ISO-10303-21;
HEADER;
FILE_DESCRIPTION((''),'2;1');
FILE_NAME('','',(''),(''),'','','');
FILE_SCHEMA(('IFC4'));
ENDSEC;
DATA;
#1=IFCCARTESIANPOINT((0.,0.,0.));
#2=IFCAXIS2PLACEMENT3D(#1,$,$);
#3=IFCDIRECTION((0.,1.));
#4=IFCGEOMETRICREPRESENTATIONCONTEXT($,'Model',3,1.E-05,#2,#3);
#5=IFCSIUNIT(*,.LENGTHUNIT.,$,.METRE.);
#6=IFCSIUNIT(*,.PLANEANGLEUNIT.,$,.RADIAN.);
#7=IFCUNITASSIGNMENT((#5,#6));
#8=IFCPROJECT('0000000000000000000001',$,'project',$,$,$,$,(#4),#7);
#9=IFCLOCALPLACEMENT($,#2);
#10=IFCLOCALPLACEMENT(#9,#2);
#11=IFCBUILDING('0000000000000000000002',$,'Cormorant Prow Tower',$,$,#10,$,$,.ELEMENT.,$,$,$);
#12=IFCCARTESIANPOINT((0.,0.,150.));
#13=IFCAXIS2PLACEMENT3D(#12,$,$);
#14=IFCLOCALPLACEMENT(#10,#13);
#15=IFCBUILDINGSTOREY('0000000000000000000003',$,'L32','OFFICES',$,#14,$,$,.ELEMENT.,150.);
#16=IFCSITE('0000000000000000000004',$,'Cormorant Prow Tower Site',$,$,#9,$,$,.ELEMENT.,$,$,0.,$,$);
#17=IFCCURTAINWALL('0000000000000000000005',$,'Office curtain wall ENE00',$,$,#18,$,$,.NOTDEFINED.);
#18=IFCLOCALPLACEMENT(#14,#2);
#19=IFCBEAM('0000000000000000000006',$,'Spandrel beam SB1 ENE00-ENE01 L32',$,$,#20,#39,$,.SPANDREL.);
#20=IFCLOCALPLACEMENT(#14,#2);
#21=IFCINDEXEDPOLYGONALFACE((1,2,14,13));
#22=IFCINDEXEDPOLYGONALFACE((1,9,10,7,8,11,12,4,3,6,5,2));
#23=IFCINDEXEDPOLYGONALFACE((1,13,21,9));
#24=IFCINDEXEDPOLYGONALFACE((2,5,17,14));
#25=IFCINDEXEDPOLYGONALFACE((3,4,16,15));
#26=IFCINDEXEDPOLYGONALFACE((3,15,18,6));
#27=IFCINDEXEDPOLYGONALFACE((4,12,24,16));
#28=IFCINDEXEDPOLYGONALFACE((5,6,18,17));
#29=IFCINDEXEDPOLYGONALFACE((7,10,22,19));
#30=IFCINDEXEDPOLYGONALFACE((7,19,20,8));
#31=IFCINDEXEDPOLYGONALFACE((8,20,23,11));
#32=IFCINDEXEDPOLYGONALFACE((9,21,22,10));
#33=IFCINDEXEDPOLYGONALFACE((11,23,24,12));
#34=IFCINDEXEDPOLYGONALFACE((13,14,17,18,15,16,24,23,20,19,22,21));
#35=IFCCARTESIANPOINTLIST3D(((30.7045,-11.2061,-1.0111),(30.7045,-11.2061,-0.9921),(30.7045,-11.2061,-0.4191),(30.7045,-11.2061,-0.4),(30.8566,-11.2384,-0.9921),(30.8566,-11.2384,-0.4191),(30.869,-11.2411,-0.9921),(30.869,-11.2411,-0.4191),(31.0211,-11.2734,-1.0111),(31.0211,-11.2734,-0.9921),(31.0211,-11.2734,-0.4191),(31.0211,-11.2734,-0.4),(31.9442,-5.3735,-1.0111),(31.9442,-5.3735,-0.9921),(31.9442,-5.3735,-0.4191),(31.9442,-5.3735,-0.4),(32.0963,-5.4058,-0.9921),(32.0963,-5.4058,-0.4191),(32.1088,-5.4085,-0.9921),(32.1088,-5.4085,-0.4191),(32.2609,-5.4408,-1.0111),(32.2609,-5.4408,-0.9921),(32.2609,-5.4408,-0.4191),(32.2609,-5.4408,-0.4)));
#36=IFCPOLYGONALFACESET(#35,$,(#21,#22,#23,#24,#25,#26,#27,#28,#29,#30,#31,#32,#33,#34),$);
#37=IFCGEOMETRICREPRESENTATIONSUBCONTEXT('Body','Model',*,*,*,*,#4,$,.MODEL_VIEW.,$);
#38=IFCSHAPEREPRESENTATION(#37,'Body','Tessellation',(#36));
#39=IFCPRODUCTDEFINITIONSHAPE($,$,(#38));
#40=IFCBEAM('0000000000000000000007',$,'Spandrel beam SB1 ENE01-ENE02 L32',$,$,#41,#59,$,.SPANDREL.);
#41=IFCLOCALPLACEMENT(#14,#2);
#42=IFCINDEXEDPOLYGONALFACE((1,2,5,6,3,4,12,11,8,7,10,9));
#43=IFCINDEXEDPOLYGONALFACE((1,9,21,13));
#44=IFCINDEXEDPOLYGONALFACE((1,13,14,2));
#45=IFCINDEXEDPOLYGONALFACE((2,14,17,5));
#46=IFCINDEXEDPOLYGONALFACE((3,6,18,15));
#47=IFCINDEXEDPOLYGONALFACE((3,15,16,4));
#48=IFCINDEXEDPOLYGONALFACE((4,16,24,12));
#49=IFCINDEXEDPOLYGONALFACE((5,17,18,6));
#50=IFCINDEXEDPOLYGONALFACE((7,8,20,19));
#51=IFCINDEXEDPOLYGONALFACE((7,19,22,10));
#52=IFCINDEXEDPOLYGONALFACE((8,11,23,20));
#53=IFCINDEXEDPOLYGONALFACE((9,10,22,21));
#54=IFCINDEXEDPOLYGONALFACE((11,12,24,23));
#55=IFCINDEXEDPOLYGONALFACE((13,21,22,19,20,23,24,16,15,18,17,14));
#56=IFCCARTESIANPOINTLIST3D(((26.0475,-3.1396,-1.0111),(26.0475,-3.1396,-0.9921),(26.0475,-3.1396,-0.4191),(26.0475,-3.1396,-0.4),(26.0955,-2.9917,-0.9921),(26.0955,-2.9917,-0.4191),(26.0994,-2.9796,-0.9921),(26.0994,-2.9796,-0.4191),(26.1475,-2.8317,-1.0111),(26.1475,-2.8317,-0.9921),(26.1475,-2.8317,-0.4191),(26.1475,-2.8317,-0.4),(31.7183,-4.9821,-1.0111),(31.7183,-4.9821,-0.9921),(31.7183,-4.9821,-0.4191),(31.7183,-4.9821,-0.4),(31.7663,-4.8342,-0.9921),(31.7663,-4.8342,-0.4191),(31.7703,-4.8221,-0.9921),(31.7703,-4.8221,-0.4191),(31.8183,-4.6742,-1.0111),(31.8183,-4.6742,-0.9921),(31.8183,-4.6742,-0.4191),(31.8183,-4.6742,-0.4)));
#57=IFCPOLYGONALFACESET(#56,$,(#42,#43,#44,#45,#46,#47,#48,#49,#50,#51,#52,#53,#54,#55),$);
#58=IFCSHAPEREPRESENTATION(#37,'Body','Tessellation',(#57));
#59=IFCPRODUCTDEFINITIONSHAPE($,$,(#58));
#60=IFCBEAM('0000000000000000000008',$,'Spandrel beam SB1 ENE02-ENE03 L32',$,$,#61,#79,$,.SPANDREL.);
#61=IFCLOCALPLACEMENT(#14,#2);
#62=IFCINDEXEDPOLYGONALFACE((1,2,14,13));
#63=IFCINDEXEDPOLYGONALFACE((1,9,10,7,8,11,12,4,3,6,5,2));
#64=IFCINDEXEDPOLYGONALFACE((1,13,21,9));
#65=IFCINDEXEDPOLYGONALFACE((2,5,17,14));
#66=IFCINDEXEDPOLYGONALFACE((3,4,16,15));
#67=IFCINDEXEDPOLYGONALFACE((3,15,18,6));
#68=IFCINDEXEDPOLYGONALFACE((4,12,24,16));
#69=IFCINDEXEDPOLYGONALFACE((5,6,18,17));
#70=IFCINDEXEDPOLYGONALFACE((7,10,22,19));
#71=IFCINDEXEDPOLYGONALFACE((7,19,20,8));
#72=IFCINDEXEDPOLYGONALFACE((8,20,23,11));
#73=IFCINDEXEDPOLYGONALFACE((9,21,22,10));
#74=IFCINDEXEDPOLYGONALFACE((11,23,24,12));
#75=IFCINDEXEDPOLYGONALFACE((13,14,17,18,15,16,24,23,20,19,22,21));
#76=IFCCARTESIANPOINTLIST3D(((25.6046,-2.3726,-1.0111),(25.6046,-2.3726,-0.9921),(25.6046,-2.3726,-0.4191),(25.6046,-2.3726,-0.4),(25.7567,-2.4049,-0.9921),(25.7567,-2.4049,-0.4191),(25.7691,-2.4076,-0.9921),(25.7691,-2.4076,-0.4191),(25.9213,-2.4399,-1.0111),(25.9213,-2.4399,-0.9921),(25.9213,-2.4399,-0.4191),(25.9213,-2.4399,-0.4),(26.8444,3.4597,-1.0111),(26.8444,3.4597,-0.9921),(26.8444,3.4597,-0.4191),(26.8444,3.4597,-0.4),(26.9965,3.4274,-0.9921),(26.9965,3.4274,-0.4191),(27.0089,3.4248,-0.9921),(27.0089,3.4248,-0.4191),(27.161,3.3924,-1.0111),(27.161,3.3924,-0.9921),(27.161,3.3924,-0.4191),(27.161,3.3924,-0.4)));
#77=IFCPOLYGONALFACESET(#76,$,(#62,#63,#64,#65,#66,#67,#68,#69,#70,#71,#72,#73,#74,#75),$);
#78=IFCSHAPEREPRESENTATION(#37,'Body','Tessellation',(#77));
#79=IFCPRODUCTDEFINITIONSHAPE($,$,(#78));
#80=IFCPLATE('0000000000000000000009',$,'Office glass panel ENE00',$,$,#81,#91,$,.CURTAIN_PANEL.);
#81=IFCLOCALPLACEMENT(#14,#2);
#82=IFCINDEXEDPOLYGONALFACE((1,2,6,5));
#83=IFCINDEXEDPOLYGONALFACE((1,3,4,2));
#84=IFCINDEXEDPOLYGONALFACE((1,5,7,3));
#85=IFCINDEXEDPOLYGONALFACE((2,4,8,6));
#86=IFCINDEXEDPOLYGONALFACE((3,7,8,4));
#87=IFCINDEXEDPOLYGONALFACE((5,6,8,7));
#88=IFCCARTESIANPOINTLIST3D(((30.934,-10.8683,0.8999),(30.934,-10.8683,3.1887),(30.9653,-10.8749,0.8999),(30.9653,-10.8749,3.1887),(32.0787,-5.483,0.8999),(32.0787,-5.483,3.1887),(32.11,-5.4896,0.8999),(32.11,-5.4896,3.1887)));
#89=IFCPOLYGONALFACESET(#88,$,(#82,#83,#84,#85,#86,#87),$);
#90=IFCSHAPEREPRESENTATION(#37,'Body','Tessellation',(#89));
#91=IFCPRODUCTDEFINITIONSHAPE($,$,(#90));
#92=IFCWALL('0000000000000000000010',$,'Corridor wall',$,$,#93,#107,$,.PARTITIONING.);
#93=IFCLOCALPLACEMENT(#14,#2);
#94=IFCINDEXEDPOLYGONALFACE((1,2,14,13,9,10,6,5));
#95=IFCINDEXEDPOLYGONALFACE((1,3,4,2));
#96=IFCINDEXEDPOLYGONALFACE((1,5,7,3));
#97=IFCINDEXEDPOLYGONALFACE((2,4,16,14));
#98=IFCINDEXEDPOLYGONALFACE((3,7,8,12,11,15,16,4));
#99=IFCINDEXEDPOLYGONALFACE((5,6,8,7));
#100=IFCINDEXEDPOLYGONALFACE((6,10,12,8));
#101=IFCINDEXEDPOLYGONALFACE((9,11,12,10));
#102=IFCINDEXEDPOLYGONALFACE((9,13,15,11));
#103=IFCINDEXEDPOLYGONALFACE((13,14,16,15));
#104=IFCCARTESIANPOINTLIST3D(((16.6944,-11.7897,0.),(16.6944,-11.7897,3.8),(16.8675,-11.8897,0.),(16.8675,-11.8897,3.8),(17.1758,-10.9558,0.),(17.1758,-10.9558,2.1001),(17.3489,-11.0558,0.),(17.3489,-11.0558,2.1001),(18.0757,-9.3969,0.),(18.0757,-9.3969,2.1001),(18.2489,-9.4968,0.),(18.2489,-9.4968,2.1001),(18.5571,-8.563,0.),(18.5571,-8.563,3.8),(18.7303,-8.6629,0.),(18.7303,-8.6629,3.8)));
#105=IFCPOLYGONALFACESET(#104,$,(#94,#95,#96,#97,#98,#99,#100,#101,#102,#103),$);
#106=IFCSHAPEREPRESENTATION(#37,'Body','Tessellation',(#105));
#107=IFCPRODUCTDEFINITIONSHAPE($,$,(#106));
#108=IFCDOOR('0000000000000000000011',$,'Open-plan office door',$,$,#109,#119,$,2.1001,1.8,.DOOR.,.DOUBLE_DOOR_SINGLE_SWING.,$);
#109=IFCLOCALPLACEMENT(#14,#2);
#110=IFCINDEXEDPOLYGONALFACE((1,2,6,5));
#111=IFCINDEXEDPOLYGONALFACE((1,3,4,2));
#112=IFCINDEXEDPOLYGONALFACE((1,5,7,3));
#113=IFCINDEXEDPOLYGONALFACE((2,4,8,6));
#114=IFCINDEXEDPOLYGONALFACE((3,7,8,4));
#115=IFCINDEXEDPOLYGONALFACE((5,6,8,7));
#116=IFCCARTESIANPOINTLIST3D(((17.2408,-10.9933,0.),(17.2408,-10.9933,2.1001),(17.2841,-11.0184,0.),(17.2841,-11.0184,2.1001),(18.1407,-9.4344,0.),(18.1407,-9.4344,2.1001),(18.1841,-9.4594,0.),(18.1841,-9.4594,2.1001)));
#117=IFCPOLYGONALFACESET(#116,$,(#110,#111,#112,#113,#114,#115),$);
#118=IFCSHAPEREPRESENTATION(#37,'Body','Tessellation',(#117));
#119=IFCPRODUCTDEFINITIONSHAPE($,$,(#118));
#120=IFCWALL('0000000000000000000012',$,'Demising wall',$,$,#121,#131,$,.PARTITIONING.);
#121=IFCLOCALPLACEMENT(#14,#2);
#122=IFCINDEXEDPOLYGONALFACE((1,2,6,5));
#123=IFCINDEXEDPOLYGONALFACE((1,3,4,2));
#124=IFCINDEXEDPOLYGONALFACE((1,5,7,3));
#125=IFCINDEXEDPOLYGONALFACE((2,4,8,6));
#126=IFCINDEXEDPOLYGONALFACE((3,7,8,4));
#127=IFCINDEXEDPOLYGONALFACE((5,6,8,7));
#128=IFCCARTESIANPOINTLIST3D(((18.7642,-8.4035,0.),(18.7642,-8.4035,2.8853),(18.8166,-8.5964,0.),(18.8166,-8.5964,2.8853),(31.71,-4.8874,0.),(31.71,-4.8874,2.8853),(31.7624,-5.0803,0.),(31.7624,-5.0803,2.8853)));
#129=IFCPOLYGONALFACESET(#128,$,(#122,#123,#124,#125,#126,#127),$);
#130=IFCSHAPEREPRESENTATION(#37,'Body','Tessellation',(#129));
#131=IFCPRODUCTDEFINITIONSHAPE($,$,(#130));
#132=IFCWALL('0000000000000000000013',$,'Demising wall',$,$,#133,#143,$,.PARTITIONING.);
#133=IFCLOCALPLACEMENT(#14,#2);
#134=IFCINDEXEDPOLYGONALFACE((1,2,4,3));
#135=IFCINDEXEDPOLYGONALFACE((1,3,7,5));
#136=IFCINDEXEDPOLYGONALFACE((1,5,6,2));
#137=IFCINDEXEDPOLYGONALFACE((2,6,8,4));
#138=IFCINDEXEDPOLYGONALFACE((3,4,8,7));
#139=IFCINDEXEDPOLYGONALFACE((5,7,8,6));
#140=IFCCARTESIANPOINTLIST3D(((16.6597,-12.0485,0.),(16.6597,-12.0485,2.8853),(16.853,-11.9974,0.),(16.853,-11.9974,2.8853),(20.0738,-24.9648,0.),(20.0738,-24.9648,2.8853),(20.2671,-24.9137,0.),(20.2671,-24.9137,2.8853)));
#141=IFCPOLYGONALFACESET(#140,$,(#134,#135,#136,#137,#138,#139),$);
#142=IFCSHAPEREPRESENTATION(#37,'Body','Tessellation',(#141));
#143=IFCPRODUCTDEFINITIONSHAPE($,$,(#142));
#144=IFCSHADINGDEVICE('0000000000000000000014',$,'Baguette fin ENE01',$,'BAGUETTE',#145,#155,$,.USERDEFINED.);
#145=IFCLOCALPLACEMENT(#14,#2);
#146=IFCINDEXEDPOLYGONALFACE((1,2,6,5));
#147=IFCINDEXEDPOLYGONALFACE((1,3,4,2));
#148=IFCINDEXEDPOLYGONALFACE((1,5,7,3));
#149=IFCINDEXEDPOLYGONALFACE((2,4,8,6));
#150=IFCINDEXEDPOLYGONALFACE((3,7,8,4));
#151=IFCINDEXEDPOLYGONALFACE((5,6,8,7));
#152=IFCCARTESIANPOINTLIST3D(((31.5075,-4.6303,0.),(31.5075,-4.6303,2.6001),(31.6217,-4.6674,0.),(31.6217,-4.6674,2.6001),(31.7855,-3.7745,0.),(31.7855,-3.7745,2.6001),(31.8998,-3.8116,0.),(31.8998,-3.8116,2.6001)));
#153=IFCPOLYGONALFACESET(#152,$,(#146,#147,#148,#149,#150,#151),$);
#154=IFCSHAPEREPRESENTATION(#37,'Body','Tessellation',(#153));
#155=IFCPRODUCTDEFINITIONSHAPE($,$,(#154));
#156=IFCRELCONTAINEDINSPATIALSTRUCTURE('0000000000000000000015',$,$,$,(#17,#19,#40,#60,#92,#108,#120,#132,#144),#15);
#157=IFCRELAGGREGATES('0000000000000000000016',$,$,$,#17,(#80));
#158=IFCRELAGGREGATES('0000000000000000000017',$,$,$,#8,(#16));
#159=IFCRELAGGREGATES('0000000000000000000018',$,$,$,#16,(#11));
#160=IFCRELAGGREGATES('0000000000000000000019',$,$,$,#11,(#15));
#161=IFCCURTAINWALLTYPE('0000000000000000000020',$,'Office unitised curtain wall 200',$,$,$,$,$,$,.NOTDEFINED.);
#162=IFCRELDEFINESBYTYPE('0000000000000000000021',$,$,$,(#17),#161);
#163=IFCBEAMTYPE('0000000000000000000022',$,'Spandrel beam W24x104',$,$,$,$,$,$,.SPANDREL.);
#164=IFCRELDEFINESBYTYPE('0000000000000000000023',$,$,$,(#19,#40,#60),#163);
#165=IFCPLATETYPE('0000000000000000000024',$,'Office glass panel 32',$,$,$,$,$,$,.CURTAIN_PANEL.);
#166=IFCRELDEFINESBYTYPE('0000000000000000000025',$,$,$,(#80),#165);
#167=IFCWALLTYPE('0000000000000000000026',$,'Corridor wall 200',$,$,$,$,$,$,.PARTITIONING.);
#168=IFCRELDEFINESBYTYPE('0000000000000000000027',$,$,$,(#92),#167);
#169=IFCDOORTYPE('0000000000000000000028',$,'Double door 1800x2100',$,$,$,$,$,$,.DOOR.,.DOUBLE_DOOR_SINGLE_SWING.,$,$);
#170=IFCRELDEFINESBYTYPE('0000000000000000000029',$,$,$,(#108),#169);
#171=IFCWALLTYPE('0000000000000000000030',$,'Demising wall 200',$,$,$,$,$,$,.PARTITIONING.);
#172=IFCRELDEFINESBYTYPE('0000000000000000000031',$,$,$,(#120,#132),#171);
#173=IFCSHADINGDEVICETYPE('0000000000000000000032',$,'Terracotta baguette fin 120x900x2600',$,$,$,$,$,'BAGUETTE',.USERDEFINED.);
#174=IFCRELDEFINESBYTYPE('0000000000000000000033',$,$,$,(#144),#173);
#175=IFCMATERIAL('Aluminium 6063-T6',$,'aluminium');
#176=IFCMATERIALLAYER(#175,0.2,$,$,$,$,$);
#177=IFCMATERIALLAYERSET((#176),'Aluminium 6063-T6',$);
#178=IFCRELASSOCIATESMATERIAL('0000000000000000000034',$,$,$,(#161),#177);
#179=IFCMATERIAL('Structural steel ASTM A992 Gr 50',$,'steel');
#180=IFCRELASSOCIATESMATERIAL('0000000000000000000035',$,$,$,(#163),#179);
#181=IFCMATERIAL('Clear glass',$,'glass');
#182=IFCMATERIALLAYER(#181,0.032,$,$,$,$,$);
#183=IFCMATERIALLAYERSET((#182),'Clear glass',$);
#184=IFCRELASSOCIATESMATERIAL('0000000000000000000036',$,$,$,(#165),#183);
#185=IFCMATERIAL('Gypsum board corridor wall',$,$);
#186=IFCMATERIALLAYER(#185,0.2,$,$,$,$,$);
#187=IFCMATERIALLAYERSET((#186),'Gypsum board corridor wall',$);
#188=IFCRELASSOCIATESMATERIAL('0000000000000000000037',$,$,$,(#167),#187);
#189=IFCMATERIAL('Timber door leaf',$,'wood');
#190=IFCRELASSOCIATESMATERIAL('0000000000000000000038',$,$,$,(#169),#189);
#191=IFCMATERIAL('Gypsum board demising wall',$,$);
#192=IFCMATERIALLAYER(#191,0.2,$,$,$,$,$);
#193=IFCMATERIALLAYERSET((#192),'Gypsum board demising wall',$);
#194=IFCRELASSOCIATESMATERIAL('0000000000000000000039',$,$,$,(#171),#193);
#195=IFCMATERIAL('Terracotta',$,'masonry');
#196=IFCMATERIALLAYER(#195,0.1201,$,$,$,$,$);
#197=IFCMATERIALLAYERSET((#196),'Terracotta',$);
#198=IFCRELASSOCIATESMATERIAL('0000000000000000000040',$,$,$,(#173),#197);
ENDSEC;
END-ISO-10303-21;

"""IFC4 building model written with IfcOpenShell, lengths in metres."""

from ifc_helpers import new_model, si_unit, direction, frame, frame_2d, origin, origin_2d, place, context, subcontext, project, spatial, rectangle, i_section, extrude, material, layer, layer_set, material_profile, profile_set, type_object, element, fill, aggregate, save


model = new_model("IFC4")

# Units and contexts
model_context = context("Model", 3, precision=1e-05, world=origin(), true_north=direction((0.0, 1.0)))
body_context = subcontext(model_context, "Body", "Model", "MODEL_VIEW")
ifc_project = project(units=[si_unit("LENGTHUNIT", "METRE"), si_unit("PLANEANGLEUNIT", "RADIAN")], contexts=[model_context])

# Site, building, storey
site_placement = place(None, origin())
site = spatial("IfcSite", under=ifc_project, at=site_placement, Name="Cormorant Prow Tower Site", CompositionType="ELEMENT", RefElevation=0.0)
building_placement = place(site_placement, origin())
building = spatial("IfcBuilding", under=site, at=building_placement, Name="Cormorant Prow Tower", CompositionType="ELEMENT")
storey_placement = place(building_placement, frame((0.0, 0.0, 150.0)))
storey = spatial("IfcBuildingStorey", under=building, at=storey_placement, Name="L32", Description="OFFICES", CompositionType="ELEMENT", Elevation=150.0)

# Curtain wall
ifc_material_1 = material(Name="Aluminium 6063-T6", Category="aluminium")
ifc_layer_1 = layer(ifc_material_1, 0.2)
ifc_layer_set_1 = layer_set([ifc_layer_1], Name="Aluminium 6063-T6")
curtain_wall_type = type_object("IfcCurtainWallType", Name="Office unitised curtain wall 200", PredefinedType="NOTDEFINED", material=ifc_layer_set_1)
curtain_wall_1_placement = place(storey_placement, origin())
curtain_wall_1 = element("IfcCurtainWall", 1, at=curtain_wall_1_placement, inside=storey, type_object=curtain_wall_type, Name="Office curtain wall ENE00", PredefinedType="NOTDEFINED")

# Beams
ifc_material_2 = material(Name="Structural steel ASTM A992 Gr 50", Category="steel")
ifc_material_profile_1 = material_profile(ifc_material_2, i_section(OverallWidth=0.3237, OverallDepth=0.6111, WebThickness=0.0127, FlangeThickness=0.019, at=origin_2d()), Name="W24x104")
ifc_profile_set_1 = profile_set([ifc_material_profile_1], Name="Structural steel ASTM A992 Gr 50")
beam_type_1 = type_object("IfcBeamType", Name="Spandrel beam W24x104", PredefinedType="SPANDREL", material=ifc_profile_set_1)
beam_1_placement = place(storey_placement, frame((30.8628, -11.2397, -0.7056), z_axis=(0.207913, 0.978147, 0.0), x_axis=(-0.978147, 0.207913, 0.0)))
element("IfcBeam", 2, at=beam_1_placement, inside=storey, type_object=beam_type_1, Name="Spandrel beam SB1 ENE00-ENE01 L32", PredefinedType="SPANDREL", context=body_context, shape_type="SweptSolid", body=[
    extrude(i_section(OverallWidth=0.3237, OverallDepth=0.6111, WebThickness=0.0127, FlangeThickness=0.019, at=origin_2d()), origin(), (0.0, 0.0, 1.0), 5.9629),
])
for number, where, z_axis, x_axis, name in (
    (3, (31.7683, -4.8281, -0.7056), (-0.951059, 0.309008, 0.0), (-0.309008, -0.951059, 0.0), "Spandrel beam SB1 ENE01-ENE02 L32"),
    (4, (25.7629, -2.4062, -0.7056), (0.207921, 0.978146, 0.0), (-0.978146, 0.207921, 0.0), "Spandrel beam SB1 ENE02-ENE03 L32"),
):
    element("IfcBeam", number, at=place(storey_placement, frame(where, z_axis=z_axis, x_axis=x_axis)), inside=storey, type_object=beam_type_1, Name=name, PredefinedType="SPANDREL", context=body_context, shape_type="SweptSolid", body=[
        extrude(i_section(OverallWidth=0.3237, OverallDepth=0.6111, WebThickness=0.0127, FlangeThickness=0.019, at=origin_2d()), origin(), (0.0, 0.0, 1.0), 5.9626),
    ])

# Plate
ifc_material_3 = material(Name="Clear glass", Category="glass")
ifc_layer_2 = layer(ifc_material_3, 0.032)
ifc_layer_set_2 = layer_set([ifc_layer_2], Name="Clear glass")
plate_type = type_object("IfcPlateType", Name="Office glass panel 32", PredefinedType="CURTAIN_PANEL", material=ifc_layer_set_2)
plate_placement = place(storey_placement, frame((31.522, -8.179, 0.8999), z_axis=(0.0, 0.0, 1.0), x_axis=(0.207912, 0.978148, 0.0)))
plate = element("IfcPlate", 5, at=plate_placement, type_object=plate_type, Name="Office glass panel ENE00", PredefinedType="CURTAIN_PANEL", context=body_context, shape_type="SweptSolid", body=[
    extrude(rectangle(XDim=5.5056, YDim=0.032, at=origin_2d()), origin(), (0.0, 0.0, 1.0), 2.2888),
])
aggregate(curtain_wall_1, [plate])

# Wall, opening, door
ifc_material_4 = material(Name="Gypsum board corridor wall")
ifc_layer_3 = layer(ifc_material_4, 0.2)
ifc_layer_set_3 = layer_set([ifc_layer_3], Name="Gypsum board corridor wall")
wall_type_1 = type_object("IfcWallType", Name="Corridor wall 200", PredefinedType="PARTITIONING", material=ifc_layer_set_3)
wall_1_placement = place(storey_placement, frame((16.781, -11.8396, 0.0), z_axis=(0.0, 0.0, 1.0), x_axis=(0.499959, 0.866049, 0.0)))
wall_1 = element("IfcWall", 6, at=wall_1_placement, inside=storey, type_object=wall_type_1, Name="Corridor wall", PredefinedType="PARTITIONING", context=body_context, shape_type="SweptSolid", body=[
    extrude(rectangle(XDim=3.7258, YDim=0.2, at=frame_2d((1.8628, 0.0))), origin(), (0.0, 0.0, 1.0), 3.8),
])
opening_1_placement = place(wall_1_placement, frame((0.9629, 0.0, 0.0)))
opening_1 = element("IfcOpeningElement", 7, at=opening_1_placement, cuts=wall_1, PredefinedType="OPENING", context=body_context, shape_type="SweptSolid", body=[
    extrude(rectangle(XDim=1.8, YDim=2.1001, at=frame_2d((0.8999, 1.05))), frame((0.0, 0.1099, 0.0), z_axis=(0.0, -1.0, 0.0), x_axis=(1.0, 0.0, 0.0)), (0.0, 0.0, 1.0), 0.22),
])
ifc_material_5 = material(Name="Timber door leaf", Category="wood")
door_type_1 = type_object("IfcDoorType", Name="Double door 1800x2100", OperationType="DOUBLE_DOOR_SINGLE_SWING", PredefinedType="DOOR", material=ifc_material_5)
door_1_placement = place(opening_1_placement, origin())
door_1 = element("IfcDoor", 8, at=door_1_placement, inside=storey, type_object=door_type_1, Name="Open-plan office door", OperationType="DOUBLE_DOOR_SINGLE_SWING", OverallHeight=2.1001, OverallWidth=1.8, PredefinedType="DOOR", context=body_context, shape_type="SweptSolid", body=[
    extrude(rectangle(XDim=1.8, YDim=2.1001, at=frame_2d((0.8999, 1.05))), frame((0.0, 0.0249, 0.0), z_axis=(0.0, -1.0, 0.0), x_axis=(1.0, 0.0, 0.0)), (0.0, 0.0, 1.0), 0.05),
])
fill(opening_1, door_1)

# Walls
ifc_material_6 = material(Name="Gypsum board demising wall")
ifc_layer_4 = layer(ifc_material_6, 0.2)
ifc_layer_set_4 = layer_set([ifc_layer_4], Name="Gypsum board demising wall")
wall_type_2 = type_object("IfcWallType", Name="Demising wall 200", PredefinedType="PARTITIONING", material=ifc_layer_set_4)
wall_2_placement = place(storey_placement, frame((18.7903, -8.5, 0.0), z_axis=(0.0, 0.0, 1.0), x_axis=(0.965039, 0.262107, 0.0)))
element("IfcWall", 9, at=wall_2_placement, inside=storey, type_object=wall_type_2, Name="Demising wall", PredefinedType="PARTITIONING", context=body_context, shape_type="SweptSolid", body=[
    extrude(rectangle(XDim=13.4148, YDim=0.2, at=frame_2d((6.7075, 0.0))), origin(), (0.0, 0.0, 1.0), 2.8853),
])
wall_3_placement = place(storey_placement, frame((16.7563, -12.0229, 0.0), z_axis=(0.0, 0.0, 1.0), x_axis=(0.255546, -0.966797, 0.0)))
element("IfcWall", 10, at=wall_3_placement, inside=storey, type_object=wall_type_2, Name="Demising wall", PredefinedType="PARTITIONING", context=body_context, shape_type="SweptSolid", body=[
    extrude(rectangle(XDim=13.3599, YDim=0.2, at=frame_2d((6.6799, 0.0))), origin(), (0.0, 0.0, 1.0), 2.8853),
])

# Shading device
ifc_material_7 = material(Name="Terracotta", Category="masonry")
ifc_layer_5 = layer(ifc_material_7, 0.1201)
ifc_layer_set_5 = layer_set([ifc_layer_5], Name="Terracotta")
shading_device_type = type_object("IfcShadingDeviceType", Name="Terracotta baguette fin 120x900x2600", ElementType="BAGUETTE", PredefinedType="USERDEFINED", material=ifc_layer_set_5)
shading_device_placement = place(storey_placement, frame((31.7036, -4.2209, 0.0), z_axis=(0.0, 0.0, 1.0), x_axis=(-0.951057, 0.309017, 0.0)))
element("IfcShadingDevice", 11, at=shading_device_placement, inside=storey, type_object=shading_device_type, Name="Baguette fin ENE01", ObjectType="BAGUETTE", PredefinedType="USERDEFINED", context=body_context, shape_type="SweptSolid", body=[
    extrude(rectangle(XDim=0.1201, YDim=0.8999, at=origin_2d()), origin(), (0.0, 0.0, 1.0), 2.6001),
])

save(model, "model.ifc")
